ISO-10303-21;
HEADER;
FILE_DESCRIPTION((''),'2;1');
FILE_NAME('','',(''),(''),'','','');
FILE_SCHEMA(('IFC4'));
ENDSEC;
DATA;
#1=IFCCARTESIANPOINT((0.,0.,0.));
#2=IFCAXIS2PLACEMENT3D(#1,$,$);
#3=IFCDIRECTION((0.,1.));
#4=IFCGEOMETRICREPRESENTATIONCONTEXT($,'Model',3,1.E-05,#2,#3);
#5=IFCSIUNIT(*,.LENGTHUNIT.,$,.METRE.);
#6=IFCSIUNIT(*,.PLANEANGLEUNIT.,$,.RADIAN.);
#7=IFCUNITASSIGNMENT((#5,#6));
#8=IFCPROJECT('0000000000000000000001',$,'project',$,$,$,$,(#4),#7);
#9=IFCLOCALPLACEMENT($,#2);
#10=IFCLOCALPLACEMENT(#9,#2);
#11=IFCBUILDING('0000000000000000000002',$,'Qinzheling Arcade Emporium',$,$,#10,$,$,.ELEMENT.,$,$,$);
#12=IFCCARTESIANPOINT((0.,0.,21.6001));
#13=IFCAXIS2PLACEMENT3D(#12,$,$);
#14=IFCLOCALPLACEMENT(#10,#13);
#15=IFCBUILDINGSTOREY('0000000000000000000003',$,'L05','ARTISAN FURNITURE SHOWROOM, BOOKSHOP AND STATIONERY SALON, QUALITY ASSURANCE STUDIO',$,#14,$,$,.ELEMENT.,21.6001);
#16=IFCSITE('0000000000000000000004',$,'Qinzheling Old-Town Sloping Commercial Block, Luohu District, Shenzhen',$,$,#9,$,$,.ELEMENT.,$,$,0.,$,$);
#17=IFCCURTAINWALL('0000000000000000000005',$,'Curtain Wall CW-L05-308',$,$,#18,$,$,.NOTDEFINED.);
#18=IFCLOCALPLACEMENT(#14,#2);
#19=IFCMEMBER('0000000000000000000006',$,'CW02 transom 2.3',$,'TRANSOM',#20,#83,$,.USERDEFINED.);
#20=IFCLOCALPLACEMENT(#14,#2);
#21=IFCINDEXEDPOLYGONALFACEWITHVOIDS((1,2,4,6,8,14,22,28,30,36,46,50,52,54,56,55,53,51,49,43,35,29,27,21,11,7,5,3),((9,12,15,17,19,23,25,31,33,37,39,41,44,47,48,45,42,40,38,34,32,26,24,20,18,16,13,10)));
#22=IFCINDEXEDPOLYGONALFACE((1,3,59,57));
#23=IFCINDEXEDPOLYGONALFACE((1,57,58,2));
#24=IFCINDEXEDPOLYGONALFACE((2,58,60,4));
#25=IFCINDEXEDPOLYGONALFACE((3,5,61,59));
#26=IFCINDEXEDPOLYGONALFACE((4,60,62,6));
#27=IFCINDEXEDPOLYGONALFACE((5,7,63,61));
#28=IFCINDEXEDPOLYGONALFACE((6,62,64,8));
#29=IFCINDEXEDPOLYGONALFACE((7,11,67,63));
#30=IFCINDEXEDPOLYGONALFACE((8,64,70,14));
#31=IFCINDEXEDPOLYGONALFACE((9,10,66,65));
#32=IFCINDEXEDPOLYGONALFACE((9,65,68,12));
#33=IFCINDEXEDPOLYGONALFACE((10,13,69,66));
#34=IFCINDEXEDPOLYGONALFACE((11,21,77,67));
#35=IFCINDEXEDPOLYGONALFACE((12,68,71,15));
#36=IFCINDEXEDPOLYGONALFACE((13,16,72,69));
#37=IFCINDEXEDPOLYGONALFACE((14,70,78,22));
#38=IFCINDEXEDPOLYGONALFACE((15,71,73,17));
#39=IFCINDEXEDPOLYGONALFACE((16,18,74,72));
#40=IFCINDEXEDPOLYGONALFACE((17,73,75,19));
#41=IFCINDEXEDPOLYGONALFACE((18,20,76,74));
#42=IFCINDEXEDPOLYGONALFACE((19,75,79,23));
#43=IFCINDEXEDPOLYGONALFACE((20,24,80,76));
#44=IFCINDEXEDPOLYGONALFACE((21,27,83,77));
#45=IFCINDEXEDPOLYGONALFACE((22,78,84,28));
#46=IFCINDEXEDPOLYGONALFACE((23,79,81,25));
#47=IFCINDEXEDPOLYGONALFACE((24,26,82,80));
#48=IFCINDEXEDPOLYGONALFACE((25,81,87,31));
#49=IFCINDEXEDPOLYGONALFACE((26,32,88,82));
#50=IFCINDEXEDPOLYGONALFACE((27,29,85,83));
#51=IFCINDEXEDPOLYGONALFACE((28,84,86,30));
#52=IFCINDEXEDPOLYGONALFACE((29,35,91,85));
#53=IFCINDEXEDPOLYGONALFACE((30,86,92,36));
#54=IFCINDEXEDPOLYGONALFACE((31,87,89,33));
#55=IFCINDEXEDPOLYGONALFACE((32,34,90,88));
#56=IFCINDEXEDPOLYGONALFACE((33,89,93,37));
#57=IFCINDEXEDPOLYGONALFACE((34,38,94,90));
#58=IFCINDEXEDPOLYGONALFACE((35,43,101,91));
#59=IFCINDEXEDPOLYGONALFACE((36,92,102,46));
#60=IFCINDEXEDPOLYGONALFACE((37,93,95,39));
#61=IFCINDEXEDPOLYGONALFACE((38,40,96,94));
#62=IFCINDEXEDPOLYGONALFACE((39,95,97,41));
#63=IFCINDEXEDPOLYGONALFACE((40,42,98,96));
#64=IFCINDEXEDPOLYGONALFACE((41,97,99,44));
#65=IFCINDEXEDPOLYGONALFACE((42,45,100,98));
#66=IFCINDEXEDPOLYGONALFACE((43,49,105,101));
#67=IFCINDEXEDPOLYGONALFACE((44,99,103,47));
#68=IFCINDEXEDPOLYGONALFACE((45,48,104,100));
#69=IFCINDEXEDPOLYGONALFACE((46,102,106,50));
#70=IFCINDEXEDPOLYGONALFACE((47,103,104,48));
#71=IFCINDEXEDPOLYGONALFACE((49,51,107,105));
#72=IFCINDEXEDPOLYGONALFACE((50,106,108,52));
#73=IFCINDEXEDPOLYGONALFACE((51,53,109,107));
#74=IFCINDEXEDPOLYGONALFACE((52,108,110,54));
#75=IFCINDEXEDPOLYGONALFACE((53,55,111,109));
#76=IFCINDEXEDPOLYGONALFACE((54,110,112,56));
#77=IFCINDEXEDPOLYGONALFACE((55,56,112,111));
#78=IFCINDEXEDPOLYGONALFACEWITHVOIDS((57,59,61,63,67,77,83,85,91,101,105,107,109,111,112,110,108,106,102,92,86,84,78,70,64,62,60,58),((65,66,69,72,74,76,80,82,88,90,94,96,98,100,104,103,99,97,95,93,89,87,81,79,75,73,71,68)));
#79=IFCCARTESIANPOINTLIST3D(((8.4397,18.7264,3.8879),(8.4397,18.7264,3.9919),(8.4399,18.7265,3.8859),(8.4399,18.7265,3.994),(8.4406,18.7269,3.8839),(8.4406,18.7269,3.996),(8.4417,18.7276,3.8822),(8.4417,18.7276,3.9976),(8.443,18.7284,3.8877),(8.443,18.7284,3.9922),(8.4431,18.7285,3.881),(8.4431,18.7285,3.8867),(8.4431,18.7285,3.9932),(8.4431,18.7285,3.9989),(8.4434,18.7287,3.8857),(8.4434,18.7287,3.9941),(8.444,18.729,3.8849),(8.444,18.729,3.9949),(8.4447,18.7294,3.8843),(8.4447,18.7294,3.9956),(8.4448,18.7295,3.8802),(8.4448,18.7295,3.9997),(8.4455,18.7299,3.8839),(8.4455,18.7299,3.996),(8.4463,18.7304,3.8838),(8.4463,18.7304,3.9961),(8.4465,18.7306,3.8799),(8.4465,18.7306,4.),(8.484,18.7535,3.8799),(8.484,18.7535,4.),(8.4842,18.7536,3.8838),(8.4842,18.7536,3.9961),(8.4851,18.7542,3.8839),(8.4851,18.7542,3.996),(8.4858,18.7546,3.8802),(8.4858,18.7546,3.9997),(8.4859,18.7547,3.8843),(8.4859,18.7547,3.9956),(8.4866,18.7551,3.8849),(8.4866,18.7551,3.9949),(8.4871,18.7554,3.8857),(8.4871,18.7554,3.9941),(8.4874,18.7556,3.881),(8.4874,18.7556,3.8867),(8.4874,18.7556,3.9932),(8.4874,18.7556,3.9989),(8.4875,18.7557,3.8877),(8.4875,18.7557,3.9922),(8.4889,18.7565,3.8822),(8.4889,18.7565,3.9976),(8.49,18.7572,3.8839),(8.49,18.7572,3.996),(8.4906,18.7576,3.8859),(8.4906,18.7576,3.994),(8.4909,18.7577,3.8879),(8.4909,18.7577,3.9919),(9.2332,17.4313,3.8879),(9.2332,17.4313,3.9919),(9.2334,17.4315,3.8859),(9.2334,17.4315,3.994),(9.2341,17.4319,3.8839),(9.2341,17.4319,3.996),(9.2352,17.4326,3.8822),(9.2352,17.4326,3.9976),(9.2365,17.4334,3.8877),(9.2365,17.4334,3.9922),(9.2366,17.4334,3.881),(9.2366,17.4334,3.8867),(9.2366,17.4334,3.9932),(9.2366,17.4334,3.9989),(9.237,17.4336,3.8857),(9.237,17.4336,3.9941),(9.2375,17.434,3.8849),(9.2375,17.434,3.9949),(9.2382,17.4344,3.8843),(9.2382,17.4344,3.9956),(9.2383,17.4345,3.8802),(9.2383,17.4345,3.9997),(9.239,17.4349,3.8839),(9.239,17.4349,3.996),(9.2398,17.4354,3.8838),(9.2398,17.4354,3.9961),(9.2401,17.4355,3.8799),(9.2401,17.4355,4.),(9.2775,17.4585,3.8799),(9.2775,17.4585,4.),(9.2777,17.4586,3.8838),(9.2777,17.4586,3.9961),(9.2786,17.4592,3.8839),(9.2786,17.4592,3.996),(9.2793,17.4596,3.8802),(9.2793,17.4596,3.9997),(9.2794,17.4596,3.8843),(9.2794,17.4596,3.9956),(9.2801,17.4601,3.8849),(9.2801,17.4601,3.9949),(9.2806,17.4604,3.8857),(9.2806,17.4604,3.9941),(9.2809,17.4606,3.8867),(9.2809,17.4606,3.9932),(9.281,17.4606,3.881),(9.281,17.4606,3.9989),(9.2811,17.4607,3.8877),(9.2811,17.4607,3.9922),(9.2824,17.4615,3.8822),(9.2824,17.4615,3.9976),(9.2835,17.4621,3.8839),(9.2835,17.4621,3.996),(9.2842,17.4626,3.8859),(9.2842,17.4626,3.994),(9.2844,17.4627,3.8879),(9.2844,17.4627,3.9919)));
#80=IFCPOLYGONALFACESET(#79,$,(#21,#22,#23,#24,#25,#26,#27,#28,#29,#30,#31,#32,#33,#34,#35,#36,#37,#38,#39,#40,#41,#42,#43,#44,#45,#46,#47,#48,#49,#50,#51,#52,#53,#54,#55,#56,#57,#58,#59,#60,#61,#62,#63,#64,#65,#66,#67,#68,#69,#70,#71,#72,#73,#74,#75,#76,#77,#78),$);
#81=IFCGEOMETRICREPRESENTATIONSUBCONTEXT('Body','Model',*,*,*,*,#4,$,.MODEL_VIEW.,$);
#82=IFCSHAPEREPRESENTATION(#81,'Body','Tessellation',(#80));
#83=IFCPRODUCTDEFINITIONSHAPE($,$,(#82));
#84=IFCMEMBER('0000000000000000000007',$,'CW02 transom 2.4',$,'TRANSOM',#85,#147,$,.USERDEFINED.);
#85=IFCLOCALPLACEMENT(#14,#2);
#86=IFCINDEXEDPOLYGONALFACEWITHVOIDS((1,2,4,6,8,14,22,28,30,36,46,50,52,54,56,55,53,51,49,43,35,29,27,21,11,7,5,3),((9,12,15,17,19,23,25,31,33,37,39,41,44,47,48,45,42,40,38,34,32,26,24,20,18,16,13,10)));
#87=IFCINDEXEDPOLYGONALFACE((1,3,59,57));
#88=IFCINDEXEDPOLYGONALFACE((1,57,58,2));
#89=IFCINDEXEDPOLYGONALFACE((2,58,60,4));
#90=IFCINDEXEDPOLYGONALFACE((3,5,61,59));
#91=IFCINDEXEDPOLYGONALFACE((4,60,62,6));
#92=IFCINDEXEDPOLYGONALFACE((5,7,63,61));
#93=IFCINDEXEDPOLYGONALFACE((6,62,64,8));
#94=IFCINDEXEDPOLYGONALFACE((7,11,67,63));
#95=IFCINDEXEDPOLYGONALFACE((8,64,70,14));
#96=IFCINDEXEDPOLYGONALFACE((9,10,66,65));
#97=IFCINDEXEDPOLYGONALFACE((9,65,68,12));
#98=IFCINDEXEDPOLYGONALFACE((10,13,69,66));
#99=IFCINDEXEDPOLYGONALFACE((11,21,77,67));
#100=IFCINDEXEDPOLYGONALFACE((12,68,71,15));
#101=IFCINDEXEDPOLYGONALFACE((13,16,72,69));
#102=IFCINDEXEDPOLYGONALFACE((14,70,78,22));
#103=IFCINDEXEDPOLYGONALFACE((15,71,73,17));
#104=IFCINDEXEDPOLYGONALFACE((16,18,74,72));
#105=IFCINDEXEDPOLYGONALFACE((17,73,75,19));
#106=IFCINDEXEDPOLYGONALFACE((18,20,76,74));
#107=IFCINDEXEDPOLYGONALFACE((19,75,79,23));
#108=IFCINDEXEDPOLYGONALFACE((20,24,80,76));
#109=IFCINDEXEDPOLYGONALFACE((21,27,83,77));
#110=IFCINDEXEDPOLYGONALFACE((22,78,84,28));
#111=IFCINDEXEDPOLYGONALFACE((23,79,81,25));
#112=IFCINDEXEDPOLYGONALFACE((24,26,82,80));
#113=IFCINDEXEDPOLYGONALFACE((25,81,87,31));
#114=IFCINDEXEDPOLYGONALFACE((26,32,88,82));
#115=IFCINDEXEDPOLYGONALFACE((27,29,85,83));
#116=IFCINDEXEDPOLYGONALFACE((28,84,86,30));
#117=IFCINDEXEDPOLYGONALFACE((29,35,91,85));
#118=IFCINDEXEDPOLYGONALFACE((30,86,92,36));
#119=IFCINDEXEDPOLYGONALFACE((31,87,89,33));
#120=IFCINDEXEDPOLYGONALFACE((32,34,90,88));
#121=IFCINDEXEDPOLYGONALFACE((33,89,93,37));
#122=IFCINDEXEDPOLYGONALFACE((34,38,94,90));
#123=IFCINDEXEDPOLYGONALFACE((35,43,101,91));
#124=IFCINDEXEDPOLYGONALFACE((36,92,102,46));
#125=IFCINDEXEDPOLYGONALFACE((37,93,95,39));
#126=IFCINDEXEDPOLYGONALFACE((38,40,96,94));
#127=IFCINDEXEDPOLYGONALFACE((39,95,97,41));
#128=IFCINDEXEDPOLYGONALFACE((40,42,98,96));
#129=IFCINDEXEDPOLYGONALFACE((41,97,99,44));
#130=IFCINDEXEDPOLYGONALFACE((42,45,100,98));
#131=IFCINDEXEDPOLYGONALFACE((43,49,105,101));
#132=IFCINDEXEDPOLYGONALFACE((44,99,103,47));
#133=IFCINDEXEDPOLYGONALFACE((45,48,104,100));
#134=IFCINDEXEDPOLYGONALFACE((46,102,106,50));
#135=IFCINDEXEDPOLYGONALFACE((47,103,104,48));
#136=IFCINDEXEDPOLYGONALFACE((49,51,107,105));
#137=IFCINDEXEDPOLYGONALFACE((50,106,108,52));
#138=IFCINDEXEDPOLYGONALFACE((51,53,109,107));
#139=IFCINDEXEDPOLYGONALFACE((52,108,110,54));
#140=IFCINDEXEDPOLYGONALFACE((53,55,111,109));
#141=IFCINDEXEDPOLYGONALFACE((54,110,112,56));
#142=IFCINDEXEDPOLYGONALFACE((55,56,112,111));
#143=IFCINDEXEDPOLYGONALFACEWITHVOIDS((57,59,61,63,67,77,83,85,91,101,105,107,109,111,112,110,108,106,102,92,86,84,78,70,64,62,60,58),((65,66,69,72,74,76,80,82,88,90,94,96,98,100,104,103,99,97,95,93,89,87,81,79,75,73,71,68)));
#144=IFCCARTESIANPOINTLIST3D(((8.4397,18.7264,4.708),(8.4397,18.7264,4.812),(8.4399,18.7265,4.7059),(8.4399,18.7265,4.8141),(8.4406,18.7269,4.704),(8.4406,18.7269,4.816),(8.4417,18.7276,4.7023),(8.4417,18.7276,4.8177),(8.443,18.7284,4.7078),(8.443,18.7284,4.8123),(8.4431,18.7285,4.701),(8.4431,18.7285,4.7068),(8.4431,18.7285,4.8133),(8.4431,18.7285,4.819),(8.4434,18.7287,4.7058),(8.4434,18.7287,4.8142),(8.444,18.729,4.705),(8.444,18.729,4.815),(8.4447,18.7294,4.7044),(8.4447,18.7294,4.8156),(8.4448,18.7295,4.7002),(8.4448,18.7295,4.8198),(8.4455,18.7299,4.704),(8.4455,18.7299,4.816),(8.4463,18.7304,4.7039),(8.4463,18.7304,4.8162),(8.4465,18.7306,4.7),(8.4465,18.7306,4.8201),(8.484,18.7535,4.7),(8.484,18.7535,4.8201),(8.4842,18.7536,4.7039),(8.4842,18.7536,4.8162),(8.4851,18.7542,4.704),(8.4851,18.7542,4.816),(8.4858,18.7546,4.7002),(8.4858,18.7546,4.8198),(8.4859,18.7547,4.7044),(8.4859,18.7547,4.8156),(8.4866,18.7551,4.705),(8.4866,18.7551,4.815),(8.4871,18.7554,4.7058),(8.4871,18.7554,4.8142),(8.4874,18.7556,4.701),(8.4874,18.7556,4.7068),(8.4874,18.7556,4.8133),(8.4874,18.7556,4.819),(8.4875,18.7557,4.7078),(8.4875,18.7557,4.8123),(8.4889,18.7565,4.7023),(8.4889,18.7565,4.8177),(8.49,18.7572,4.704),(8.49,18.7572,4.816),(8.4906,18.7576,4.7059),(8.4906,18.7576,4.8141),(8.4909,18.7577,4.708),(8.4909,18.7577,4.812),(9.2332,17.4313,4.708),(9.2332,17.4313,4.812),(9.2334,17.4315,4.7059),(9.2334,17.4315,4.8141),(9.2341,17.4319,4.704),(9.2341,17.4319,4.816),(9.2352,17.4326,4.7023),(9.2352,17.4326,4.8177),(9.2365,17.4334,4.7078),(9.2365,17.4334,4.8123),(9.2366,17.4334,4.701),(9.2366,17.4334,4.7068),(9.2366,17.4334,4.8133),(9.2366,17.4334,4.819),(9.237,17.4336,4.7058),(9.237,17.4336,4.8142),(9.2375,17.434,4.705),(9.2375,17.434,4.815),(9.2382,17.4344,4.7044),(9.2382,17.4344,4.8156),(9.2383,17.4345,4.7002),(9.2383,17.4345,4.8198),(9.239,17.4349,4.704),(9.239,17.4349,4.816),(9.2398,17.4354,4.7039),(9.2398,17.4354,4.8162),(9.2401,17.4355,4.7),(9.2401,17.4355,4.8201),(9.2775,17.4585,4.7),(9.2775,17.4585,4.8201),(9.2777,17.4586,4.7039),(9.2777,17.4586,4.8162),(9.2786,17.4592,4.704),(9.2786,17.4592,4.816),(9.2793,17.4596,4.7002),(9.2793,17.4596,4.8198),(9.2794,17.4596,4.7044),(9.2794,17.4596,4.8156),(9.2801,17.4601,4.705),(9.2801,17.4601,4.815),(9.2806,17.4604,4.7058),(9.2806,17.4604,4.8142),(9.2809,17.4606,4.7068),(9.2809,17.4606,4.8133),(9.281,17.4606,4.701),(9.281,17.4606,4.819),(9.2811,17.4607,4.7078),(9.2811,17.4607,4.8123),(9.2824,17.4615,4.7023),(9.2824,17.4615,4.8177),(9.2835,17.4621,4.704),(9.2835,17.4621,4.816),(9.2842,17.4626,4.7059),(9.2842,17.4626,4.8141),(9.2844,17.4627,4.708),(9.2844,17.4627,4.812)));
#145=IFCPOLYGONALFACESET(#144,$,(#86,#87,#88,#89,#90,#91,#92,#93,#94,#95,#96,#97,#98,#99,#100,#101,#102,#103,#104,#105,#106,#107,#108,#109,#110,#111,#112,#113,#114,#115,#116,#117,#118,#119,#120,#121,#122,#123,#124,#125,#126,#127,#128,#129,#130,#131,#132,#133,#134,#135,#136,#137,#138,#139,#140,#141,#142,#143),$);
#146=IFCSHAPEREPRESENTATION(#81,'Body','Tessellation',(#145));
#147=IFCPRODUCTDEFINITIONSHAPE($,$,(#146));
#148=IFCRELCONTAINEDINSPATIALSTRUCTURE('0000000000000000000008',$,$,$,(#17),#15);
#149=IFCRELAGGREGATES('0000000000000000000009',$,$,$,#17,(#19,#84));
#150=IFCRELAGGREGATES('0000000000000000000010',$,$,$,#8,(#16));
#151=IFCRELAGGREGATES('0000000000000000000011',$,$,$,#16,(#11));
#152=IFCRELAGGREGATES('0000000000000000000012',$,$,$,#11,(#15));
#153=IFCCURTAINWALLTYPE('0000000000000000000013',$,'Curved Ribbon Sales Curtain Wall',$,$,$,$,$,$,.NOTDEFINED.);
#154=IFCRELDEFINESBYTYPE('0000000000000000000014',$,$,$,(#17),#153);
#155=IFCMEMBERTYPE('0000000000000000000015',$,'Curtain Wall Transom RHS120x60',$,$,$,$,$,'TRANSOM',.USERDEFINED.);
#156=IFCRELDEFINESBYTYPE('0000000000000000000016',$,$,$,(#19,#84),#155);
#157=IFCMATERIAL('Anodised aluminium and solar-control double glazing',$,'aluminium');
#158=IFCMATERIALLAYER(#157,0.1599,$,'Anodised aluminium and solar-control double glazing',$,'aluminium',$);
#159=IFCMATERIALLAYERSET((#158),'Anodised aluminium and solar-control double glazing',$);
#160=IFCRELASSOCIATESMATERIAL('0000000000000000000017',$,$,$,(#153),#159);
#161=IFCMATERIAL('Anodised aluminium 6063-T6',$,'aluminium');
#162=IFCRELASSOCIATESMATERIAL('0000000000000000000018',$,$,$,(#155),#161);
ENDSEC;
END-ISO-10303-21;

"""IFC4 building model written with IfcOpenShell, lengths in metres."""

from ifc_helpers import new_model, si_unit, direction, frame, origin, origin_2d, place, context, subcontext, project, spatial, hollow_rectangle, extrude, material, layer, layer_set, material_profile, profile_set, type_object, element, aggregate, save


model = new_model("IFC4")

# Units and contexts
model_context = context("Model", 3, precision=1e-05, world=origin(), true_north=direction((0.0, 1.0)))
body_context = subcontext(model_context, "Body", "Model", "MODEL_VIEW")
ifc_project = project(units=[si_unit("LENGTHUNIT", "METRE"), si_unit("PLANEANGLEUNIT", "RADIAN")], contexts=[model_context])

# Site, building, storey
site_placement = place(None, origin())
site = spatial("IfcSite", under=ifc_project, at=site_placement, Name="Qinzheling Old-Town Sloping Commercial Block, Luohu District, Shenzhen", CompositionType="ELEMENT", RefElevation=0.0)
building_placement = place(site_placement, origin())
building = spatial("IfcBuilding", under=site, at=building_placement, Name="Qinzheling Arcade Emporium", CompositionType="ELEMENT")
storey_placement = place(building_placement, frame((0.0, 0.0, 21.6001)))
storey = spatial("IfcBuildingStorey", under=building, at=storey_placement, Name="L05", Description="ARTISAN FURNITURE SHOWROOM, BOOKSHOP AND STATIONERY SALON, QUALITY ASSURANCE STUDIO", CompositionType="ELEMENT", Elevation=21.6001)

# Curtain wall
ifc_material_1 = material(Name="Anodised aluminium and solar-control double glazing", Category="aluminium")
ifc_layer_1 = layer(ifc_material_1, 0.1599, Name="Anodised aluminium and solar-control double glazing", Category="aluminium")
ifc_layer_set_1 = layer_set([ifc_layer_1], Name="Anodised aluminium and solar-control double glazing")
curtain_wall_type = type_object("IfcCurtainWallType", Name="Curved Ribbon Sales Curtain Wall", PredefinedType="NOTDEFINED", material=ifc_layer_set_1)
ifc_material_2 = material(Name="Anodised aluminium 6063-T6", Category="aluminium")
curtain_wall_1_placement = place(storey_placement, origin())
curtain_wall_1 = element("IfcCurtainWall", 1, at=curtain_wall_1_placement, inside=storey, type_object=curtain_wall_type, Name="Curtain Wall CW-L05-308", PredefinedType="NOTDEFINED")

# Members
ifc_material_profile_1 = material_profile(ifc_material_2, hollow_rectangle(XDim=0.0601, YDim=0.1201, WallThickness=0.0039, InnerFilletRadius=0.0039, OuterFilletRadius=0.0081, at=origin_2d()), Name="RHS 120x60x4", Category="aluminium")
ifc_profile_set_1 = profile_set([ifc_material_profile_1], Name="Anodised aluminium 6063-T6")
member_type_1 = type_object("IfcMemberType", Name="Curtain Wall Transom RHS120x60", ElementType="TRANSOM", PredefinedType="USERDEFINED", material=ifc_profile_set_1)
member_1_placement = place(storey_placement, frame((9.2588, 17.447, 3.9399), z_axis=(-0.522464, 0.852661, 0.0), x_axis=(-0.852661, -0.522464, 0.0)))
member_1 = element("IfcMember", 2, at=member_1_placement, type_object=member_type_1, Name="CW02 transom 2.3", ObjectType="TRANSOM", PredefinedType="USERDEFINED", context=body_context, shape_type="SweptSolid", body=[
    extrude(hollow_rectangle(XDim=0.0601, YDim=0.1201, WallThickness=0.0039, InnerFilletRadius=0.0039, OuterFilletRadius=0.0081, at=origin_2d()), origin(), (0.0, 0.0, 1.0), 1.5188),
])
member_2_placement = place(storey_placement, frame((9.2588, 17.447, 4.76), z_axis=(-0.522464, 0.852661, 0.0), x_axis=(-0.852661, -0.522464, 0.0)))
member_2 = element("IfcMember", 3, at=member_2_placement, type_object=member_type_1, Name="CW02 transom 2.4", ObjectType="TRANSOM", PredefinedType="USERDEFINED", context=body_context, shape_type="SweptSolid", body=[
    extrude(hollow_rectangle(XDim=0.0601, YDim=0.1201, WallThickness=0.0039, InnerFilletRadius=0.0039, OuterFilletRadius=0.0081, at=origin_2d()), origin(), (0.0, 0.0, 1.0), 1.5188),
])

aggregate(curtain_wall_1, [member_1, member_2])

save(model, "model.ifc")
